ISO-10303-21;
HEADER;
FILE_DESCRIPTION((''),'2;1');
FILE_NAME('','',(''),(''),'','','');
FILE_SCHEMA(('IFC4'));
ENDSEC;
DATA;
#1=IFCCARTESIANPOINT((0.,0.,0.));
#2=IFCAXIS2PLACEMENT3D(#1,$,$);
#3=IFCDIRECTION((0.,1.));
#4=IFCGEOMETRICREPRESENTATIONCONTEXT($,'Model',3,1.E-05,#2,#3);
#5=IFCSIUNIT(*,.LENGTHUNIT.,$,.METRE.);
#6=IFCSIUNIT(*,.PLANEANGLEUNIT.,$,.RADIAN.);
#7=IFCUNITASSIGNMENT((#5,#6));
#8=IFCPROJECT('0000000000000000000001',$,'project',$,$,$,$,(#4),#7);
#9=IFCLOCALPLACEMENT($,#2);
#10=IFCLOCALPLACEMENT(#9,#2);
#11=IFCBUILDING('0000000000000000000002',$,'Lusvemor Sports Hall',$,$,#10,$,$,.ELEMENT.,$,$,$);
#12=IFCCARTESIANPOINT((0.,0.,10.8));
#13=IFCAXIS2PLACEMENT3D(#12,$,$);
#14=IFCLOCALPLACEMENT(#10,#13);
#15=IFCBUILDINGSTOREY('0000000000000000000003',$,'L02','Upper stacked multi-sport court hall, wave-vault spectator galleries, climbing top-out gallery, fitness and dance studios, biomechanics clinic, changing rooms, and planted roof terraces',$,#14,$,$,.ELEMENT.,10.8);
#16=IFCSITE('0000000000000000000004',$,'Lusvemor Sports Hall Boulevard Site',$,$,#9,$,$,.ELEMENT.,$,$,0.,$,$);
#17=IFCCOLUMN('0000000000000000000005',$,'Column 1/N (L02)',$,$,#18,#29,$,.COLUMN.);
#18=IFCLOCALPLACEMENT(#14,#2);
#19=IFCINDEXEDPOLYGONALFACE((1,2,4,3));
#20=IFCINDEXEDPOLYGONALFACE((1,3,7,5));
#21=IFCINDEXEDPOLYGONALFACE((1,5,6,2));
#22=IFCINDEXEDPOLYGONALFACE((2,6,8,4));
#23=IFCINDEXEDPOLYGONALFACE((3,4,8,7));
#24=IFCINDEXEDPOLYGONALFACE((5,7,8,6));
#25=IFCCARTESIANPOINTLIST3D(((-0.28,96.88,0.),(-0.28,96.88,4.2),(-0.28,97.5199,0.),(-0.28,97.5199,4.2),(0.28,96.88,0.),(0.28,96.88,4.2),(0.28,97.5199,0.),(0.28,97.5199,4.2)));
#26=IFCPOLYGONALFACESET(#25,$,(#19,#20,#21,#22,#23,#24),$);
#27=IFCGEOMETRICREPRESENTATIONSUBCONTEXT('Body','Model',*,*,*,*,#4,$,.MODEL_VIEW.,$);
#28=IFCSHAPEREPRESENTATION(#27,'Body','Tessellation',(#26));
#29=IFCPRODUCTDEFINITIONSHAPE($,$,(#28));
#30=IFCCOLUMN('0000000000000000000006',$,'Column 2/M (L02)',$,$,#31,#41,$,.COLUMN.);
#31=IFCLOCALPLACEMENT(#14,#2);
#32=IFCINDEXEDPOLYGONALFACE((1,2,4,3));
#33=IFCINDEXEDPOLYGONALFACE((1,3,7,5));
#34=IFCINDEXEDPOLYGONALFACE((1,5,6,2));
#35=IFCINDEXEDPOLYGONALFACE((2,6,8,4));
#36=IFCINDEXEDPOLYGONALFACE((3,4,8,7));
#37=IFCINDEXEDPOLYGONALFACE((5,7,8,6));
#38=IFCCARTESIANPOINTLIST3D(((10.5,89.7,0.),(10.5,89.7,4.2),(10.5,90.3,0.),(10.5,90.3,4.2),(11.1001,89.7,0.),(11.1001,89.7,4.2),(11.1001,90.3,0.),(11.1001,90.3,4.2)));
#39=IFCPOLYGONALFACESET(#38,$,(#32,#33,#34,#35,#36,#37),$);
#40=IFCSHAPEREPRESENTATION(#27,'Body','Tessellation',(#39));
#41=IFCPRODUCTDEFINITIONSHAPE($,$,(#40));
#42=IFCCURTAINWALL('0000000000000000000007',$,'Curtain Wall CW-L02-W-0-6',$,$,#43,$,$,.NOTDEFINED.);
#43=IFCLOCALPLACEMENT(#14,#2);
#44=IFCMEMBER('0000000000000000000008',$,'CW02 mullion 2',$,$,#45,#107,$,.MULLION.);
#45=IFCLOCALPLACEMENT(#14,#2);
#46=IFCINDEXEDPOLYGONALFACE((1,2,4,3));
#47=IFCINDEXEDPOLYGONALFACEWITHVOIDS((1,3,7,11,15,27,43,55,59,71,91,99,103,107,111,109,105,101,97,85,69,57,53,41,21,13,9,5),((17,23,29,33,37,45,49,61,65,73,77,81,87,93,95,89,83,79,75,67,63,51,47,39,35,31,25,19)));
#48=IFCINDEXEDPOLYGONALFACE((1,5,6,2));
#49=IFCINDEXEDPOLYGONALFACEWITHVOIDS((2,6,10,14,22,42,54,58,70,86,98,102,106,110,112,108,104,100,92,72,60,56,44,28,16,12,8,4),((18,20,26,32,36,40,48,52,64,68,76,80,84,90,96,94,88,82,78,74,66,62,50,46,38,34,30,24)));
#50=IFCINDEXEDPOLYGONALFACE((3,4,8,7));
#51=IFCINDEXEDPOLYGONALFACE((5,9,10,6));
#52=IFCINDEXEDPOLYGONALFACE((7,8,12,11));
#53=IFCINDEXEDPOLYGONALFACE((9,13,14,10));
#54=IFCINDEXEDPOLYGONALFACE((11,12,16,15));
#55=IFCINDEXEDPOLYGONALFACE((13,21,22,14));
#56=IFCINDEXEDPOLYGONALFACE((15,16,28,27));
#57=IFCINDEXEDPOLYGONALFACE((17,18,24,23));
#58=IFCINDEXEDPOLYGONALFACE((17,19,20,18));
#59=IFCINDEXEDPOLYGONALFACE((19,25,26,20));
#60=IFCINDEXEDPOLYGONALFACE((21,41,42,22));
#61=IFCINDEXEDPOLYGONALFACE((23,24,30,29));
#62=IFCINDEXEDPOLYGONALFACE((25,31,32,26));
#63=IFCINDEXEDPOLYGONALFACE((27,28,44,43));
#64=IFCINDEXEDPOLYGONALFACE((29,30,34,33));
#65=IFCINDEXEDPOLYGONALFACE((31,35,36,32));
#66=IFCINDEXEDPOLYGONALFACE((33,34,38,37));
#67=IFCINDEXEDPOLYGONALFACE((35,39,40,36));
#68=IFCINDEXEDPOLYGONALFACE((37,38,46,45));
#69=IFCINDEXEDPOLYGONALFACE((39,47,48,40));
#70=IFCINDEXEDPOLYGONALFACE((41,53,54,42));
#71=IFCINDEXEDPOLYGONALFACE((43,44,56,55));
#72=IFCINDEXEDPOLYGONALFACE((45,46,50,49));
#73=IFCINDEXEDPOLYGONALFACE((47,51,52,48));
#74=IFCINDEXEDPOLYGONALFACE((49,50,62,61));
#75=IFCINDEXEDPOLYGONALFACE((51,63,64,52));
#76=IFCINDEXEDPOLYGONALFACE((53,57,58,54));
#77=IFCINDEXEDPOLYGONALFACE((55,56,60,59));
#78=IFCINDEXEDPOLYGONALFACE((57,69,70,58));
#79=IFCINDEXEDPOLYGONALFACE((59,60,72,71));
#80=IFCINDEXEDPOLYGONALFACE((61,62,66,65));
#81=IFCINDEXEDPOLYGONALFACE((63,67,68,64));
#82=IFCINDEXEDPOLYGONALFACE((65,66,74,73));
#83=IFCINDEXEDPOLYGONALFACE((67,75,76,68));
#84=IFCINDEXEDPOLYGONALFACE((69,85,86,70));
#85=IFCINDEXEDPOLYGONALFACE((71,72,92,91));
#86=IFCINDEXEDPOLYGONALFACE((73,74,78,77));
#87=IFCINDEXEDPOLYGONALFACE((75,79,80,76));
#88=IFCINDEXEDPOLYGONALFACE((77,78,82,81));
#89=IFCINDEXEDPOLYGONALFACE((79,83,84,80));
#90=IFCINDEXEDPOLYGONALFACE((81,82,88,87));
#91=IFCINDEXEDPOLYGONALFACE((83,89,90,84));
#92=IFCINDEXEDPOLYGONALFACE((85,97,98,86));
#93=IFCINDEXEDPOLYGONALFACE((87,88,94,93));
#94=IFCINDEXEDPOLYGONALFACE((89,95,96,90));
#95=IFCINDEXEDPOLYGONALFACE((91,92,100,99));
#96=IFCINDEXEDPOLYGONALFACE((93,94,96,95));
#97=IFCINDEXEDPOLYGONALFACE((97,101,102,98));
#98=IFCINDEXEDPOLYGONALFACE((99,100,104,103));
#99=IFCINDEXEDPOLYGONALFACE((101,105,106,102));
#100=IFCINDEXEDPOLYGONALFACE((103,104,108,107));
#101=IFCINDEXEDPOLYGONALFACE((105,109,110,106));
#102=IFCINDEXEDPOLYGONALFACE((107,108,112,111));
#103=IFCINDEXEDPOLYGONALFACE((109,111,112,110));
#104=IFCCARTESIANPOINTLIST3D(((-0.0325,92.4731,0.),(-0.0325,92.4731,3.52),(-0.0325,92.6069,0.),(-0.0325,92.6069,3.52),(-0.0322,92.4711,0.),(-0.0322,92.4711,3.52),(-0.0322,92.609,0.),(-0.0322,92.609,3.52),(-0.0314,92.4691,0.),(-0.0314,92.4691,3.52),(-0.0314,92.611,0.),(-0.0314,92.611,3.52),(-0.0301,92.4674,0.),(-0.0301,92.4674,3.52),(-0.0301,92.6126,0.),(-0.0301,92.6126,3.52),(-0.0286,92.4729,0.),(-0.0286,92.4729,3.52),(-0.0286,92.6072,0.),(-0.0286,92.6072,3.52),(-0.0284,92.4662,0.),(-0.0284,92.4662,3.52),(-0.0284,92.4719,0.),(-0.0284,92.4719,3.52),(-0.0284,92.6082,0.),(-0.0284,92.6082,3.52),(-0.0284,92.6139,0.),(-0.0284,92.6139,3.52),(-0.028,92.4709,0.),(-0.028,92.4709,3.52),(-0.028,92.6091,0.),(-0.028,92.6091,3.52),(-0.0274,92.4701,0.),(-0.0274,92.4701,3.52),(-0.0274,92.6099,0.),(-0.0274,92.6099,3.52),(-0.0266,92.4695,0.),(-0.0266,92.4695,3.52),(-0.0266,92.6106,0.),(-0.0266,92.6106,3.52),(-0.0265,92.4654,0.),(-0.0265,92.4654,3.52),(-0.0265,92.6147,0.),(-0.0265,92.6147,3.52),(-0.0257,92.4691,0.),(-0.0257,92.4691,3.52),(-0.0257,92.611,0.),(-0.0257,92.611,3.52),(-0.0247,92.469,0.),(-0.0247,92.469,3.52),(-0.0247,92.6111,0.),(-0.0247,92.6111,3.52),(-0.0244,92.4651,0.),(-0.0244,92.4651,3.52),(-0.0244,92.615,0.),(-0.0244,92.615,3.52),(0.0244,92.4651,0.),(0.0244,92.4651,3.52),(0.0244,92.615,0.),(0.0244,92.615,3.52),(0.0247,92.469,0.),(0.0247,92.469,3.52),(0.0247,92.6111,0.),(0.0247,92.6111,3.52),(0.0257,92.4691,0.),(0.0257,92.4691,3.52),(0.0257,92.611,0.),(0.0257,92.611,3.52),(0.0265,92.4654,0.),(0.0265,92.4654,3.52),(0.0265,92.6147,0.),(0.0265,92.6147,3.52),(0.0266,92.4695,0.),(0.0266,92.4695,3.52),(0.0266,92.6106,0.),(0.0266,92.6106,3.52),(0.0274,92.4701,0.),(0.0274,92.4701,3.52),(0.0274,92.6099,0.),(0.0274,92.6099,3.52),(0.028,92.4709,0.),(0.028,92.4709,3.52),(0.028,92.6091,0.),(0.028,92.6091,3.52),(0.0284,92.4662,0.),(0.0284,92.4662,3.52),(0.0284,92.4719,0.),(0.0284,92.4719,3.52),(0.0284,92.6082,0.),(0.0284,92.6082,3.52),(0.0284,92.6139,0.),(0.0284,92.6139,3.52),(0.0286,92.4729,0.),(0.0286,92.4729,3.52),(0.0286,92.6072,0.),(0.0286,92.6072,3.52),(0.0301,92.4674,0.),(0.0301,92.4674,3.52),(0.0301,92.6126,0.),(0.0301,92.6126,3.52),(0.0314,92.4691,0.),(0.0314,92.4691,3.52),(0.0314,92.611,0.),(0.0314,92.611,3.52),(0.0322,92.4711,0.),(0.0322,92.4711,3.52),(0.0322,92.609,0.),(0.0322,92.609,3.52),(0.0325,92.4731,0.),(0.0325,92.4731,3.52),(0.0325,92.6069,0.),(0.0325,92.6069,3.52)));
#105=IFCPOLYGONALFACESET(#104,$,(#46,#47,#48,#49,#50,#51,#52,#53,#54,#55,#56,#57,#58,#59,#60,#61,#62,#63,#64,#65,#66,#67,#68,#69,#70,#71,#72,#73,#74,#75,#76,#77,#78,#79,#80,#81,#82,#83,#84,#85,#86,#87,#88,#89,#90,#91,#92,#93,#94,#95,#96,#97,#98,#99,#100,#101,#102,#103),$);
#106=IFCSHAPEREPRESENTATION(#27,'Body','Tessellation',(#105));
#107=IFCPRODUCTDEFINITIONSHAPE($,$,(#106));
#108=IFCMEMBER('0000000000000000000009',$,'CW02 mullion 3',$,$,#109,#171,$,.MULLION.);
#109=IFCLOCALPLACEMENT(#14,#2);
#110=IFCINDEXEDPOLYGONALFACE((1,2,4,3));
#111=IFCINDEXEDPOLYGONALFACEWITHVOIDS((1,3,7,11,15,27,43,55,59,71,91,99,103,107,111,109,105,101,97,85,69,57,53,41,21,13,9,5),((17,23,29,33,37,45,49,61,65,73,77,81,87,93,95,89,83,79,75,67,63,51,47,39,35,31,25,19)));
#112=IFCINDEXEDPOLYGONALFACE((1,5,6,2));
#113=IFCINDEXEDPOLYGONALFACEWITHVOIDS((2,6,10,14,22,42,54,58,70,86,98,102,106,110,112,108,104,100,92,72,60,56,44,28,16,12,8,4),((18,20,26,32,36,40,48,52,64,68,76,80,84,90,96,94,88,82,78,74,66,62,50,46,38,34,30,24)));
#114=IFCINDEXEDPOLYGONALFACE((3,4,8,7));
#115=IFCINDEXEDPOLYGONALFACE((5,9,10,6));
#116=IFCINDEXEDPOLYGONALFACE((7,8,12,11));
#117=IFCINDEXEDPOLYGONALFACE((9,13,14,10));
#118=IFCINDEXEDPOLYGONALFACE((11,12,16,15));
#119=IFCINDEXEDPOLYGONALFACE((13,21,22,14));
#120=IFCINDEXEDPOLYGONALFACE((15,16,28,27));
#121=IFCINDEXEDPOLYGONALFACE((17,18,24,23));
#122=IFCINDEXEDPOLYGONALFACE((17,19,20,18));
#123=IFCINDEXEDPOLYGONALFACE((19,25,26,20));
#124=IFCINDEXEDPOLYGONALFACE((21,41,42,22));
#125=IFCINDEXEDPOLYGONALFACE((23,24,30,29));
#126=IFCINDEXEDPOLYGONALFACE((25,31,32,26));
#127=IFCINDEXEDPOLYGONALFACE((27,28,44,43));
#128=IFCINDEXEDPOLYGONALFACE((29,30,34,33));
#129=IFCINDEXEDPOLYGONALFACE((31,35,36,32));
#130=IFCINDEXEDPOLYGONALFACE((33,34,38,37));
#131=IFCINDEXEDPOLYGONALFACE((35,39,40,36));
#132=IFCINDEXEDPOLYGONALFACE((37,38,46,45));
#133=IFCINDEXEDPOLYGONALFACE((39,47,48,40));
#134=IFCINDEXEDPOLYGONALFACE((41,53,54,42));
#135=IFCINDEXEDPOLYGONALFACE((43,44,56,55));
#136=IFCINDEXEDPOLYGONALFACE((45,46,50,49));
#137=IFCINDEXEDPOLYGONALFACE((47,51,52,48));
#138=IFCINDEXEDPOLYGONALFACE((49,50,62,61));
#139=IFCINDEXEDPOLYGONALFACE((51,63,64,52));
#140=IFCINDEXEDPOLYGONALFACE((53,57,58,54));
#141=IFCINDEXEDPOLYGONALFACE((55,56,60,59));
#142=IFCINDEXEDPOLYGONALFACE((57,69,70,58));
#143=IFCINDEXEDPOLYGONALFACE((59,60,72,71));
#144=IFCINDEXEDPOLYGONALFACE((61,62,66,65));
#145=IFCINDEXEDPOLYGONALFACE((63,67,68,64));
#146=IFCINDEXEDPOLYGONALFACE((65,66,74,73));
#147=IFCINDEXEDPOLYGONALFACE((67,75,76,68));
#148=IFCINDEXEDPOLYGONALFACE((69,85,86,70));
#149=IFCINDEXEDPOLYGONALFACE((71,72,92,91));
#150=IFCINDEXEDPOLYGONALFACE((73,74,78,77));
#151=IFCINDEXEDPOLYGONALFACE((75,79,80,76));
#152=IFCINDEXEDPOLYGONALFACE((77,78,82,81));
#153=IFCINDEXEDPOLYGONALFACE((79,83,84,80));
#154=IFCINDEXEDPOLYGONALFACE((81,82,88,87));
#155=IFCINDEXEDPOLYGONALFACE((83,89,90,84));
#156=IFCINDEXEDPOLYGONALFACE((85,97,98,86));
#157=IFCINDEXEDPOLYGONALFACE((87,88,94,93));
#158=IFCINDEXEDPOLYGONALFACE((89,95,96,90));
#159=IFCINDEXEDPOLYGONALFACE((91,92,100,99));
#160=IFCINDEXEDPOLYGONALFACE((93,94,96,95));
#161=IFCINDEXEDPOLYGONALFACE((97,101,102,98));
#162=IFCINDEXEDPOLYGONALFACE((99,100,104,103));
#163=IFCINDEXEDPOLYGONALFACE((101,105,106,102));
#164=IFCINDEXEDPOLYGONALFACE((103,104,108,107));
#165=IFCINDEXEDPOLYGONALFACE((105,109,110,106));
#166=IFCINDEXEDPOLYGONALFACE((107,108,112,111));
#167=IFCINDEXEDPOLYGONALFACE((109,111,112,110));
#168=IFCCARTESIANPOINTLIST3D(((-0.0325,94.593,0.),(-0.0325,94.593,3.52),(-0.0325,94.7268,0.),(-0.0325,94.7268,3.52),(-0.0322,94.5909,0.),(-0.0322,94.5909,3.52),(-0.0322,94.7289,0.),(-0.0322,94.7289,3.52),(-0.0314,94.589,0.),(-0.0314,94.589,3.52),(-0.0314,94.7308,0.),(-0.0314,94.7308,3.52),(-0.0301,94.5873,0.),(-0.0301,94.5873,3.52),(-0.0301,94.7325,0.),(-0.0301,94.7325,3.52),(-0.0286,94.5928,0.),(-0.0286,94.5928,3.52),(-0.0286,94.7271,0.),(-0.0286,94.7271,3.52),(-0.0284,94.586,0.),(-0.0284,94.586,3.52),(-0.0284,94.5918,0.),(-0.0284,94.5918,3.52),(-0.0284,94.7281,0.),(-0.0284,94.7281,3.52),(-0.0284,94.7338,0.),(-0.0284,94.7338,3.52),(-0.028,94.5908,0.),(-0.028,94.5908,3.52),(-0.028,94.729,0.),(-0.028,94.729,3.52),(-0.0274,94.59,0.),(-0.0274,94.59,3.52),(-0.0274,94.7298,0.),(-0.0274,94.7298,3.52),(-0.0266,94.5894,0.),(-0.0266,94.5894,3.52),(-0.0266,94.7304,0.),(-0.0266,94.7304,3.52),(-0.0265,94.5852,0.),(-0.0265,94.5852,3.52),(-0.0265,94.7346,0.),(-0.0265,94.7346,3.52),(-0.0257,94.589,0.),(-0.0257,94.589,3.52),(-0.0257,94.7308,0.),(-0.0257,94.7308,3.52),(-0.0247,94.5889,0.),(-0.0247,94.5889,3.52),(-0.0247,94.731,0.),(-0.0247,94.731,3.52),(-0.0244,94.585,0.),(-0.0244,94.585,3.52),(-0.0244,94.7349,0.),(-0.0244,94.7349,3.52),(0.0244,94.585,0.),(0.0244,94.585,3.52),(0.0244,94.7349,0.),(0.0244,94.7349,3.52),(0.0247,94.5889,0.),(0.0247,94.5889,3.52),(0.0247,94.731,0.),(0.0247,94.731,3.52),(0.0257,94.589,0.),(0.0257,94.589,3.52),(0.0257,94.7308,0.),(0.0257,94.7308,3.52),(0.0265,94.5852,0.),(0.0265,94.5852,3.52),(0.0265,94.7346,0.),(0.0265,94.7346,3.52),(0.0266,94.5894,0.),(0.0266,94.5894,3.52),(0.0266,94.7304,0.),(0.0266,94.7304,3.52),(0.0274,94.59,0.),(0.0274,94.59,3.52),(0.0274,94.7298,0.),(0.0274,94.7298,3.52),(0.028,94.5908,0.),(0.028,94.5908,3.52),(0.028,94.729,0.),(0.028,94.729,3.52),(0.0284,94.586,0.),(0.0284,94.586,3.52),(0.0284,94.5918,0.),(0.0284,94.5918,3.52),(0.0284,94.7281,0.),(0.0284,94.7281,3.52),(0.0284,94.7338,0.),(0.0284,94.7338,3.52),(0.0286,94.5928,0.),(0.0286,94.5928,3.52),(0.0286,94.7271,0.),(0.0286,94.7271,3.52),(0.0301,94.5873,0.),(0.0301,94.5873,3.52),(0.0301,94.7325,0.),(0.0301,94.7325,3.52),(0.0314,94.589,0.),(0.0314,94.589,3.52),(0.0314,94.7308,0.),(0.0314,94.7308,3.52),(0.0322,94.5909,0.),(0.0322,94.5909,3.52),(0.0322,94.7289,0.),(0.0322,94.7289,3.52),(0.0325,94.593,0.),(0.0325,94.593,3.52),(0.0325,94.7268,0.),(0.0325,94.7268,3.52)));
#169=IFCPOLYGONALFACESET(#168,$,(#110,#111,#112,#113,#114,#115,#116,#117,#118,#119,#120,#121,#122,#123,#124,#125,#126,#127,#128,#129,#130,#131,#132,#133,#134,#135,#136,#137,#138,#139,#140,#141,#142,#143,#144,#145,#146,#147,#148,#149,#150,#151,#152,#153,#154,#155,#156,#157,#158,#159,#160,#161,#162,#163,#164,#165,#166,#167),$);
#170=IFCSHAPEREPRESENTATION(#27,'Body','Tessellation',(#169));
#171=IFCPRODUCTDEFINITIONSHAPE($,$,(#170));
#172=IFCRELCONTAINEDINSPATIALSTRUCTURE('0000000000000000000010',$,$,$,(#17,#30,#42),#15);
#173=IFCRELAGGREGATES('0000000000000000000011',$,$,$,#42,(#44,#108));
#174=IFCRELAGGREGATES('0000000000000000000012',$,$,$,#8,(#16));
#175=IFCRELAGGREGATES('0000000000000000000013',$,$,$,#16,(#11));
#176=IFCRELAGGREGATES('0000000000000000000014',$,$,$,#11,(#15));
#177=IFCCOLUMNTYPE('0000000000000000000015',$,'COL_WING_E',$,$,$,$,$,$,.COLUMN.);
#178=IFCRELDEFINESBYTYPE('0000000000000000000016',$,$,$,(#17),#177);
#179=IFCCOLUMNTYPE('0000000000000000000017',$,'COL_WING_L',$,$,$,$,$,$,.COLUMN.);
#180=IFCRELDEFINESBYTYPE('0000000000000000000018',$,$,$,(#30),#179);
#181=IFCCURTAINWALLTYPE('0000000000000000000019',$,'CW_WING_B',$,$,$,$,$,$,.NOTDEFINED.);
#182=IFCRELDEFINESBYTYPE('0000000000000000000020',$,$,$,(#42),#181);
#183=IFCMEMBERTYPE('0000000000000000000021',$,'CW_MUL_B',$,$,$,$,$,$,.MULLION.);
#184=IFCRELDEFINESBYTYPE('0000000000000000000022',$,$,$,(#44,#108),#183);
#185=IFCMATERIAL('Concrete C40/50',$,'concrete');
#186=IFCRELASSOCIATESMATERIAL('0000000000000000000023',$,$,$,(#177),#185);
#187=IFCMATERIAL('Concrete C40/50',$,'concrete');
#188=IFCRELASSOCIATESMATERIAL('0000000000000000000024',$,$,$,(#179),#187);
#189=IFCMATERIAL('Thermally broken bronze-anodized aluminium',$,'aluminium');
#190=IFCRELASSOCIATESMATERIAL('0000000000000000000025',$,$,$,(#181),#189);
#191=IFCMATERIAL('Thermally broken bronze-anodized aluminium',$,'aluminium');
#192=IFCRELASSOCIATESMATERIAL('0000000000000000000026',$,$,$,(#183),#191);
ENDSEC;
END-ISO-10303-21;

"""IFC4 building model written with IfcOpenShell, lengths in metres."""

from ifc_helpers import new_model, si_unit, direction, frame, origin, origin_2d, place, context, subcontext, project, spatial, rectangle, hollow_rectangle, extrude, material, material_profile, profile_set, type_object, element, aggregate, save


model = new_model("IFC4")

# Units and contexts
model_context = context("Model", 3, precision=1e-05, world=origin(), true_north=direction((0.0, 1.0)))
body_context = subcontext(model_context, "Body", "Model", "MODEL_VIEW")
ifc_project = project(units=[si_unit("LENGTHUNIT", "METRE"), si_unit("PLANEANGLEUNIT", "RADIAN")], contexts=[model_context])

# Site, building, storey
site_placement = place(None, origin())
site = spatial("IfcSite", under=ifc_project, at=site_placement, Name="Lusvemor Sports Hall Boulevard Site", CompositionType="ELEMENT", RefElevation=0.0)
building_placement = place(site_placement, origin())
building = spatial("IfcBuilding", under=site, at=building_placement, Name="Lusvemor Sports Hall", CompositionType="ELEMENT")
storey_placement = place(building_placement, frame((0.0, 0.0, 10.8)))
storey = spatial("IfcBuildingStorey", under=building, at=storey_placement, Name="L02", Description="Upper stacked multi-sport court hall, wave-vault spectator galleries, climbing top-out gallery, fitness and dance studios, biomechanics clinic, changing rooms, and planted roof terraces", CompositionType="ELEMENT", Elevation=10.8)

# Columns
ifc_material_1 = material(Name="Concrete C40/50", Category="concrete")
ifc_material_profile_1 = material_profile(ifc_material_1, rectangle(XDim=0.5601, YDim=0.6399, at=origin_2d()), Name="RC560x640")
ifc_profile_set_1 = profile_set([ifc_material_profile_1], Name="Concrete C40/50")
column_type_1 = type_object("IfcColumnType", Name="COL_WING_E", PredefinedType="COLUMN", material=ifc_profile_set_1)
column_1_placement = place(storey_placement, frame((0.0, 97.2, 0.0), z_axis=(0.0, 0.0, 1.0), x_axis=(1.0, 0.0, 0.0)))
element("IfcColumn", 1, at=column_1_placement, inside=storey, type_object=column_type_1, Name="Column 1/N (L02)", PredefinedType="COLUMN", context=body_context, shape_type="SweptSolid", body=[
    extrude(rectangle(XDim=0.5601, YDim=0.6399, at=origin_2d()), origin(), (0.0, 0.0, 1.0), 4.2),
])
ifc_material_2 = material(Name="Concrete C40/50", Category="concrete")
ifc_material_profile_2 = material_profile(ifc_material_2, rectangle(XDim=0.6001, YDim=0.6001, at=origin_2d()), Name="RC600x600")
ifc_profile_set_2 = profile_set([ifc_material_profile_2], Name="Concrete C40/50")
column_type_2 = type_object("IfcColumnType", Name="COL_WING_L", PredefinedType="COLUMN", material=ifc_profile_set_2)
column_2_placement = place(storey_placement, frame((10.8, 90.0, 0.0), z_axis=(0.0, 0.0, 1.0), x_axis=(1.0, 0.0, 0.0)))
element("IfcColumn", 2, at=column_2_placement, inside=storey, type_object=column_type_2, Name="Column 2/M (L02)", PredefinedType="COLUMN", context=body_context, shape_type="SweptSolid", body=[
    extrude(rectangle(XDim=0.6001, YDim=0.6001, at=origin_2d()), origin(), (0.0, 0.0, 1.0), 4.2),
])

# Curtain wall, members
ifc_material_3 = material(Name="Thermally broken bronze-anodized aluminium", Category="aluminium")
curtain_wall_type = type_object("IfcCurtainWallType", Name="CW_WING_B", PredefinedType="NOTDEFINED", material=ifc_material_3)
curtain_wall_placement = place(storey_placement, origin())
curtain_wall = element("IfcCurtainWall", 3, at=curtain_wall_placement, inside=storey, type_object=curtain_wall_type, Name="Curtain Wall CW-L02-W-0-6", PredefinedType="NOTDEFINED")
ifc_material_4 = material(Name="Thermally broken bronze-anodized aluminium", Category="aluminium")
ifc_material_profile_3 = material_profile(ifc_material_4, hollow_rectangle(XDim=0.0649, YDim=0.1499, WallThickness=0.0039, InnerFilletRadius=0.0039, OuterFilletRadius=0.0081, at=origin_2d()), Name="CWMUL150x65x4")
ifc_profile_set_3 = profile_set([ifc_material_profile_3], Name="Thermally broken bronze-anodized aluminium")
member_type_1 = type_object("IfcMemberType", Name="CW_MUL_B", PredefinedType="MULLION", material=ifc_profile_set_3)
member_1_placement = place(storey_placement, frame((0.0, 92.54, 0.0), z_axis=(0.0, 0.0, 1.0), x_axis=(-1.0, 0.0, 0.0)))
member_1 = element("IfcMember", 4, at=member_1_placement, type_object=member_type_1, Name="CW02 mullion 2", PredefinedType="MULLION", context=body_context, shape_type="SweptSolid", body=[
    extrude(hollow_rectangle(XDim=0.0649, YDim=0.1499, WallThickness=0.0039, InnerFilletRadius=0.0039, OuterFilletRadius=0.0081, at=origin_2d()), origin(), (0.0, 0.0, 1.0), 3.52),
])
member_2_placement = place(storey_placement, frame((0.0, 94.6599, 0.0), z_axis=(0.0, 0.0, 1.0), x_axis=(-1.0, 0.0, 0.0)))
member_2 = element("IfcMember", 5, at=member_2_placement, type_object=member_type_1, Name="CW02 mullion 3", PredefinedType="MULLION", context=body_context, shape_type="SweptSolid", body=[
    extrude(hollow_rectangle(XDim=0.0649, YDim=0.1499, WallThickness=0.0039, InnerFilletRadius=0.0039, OuterFilletRadius=0.0081, at=origin_2d()), origin(), (0.0, 0.0, 1.0), 3.52),
])

aggregate(curtain_wall, [member_1, member_2])

save(model, "model.ifc")
